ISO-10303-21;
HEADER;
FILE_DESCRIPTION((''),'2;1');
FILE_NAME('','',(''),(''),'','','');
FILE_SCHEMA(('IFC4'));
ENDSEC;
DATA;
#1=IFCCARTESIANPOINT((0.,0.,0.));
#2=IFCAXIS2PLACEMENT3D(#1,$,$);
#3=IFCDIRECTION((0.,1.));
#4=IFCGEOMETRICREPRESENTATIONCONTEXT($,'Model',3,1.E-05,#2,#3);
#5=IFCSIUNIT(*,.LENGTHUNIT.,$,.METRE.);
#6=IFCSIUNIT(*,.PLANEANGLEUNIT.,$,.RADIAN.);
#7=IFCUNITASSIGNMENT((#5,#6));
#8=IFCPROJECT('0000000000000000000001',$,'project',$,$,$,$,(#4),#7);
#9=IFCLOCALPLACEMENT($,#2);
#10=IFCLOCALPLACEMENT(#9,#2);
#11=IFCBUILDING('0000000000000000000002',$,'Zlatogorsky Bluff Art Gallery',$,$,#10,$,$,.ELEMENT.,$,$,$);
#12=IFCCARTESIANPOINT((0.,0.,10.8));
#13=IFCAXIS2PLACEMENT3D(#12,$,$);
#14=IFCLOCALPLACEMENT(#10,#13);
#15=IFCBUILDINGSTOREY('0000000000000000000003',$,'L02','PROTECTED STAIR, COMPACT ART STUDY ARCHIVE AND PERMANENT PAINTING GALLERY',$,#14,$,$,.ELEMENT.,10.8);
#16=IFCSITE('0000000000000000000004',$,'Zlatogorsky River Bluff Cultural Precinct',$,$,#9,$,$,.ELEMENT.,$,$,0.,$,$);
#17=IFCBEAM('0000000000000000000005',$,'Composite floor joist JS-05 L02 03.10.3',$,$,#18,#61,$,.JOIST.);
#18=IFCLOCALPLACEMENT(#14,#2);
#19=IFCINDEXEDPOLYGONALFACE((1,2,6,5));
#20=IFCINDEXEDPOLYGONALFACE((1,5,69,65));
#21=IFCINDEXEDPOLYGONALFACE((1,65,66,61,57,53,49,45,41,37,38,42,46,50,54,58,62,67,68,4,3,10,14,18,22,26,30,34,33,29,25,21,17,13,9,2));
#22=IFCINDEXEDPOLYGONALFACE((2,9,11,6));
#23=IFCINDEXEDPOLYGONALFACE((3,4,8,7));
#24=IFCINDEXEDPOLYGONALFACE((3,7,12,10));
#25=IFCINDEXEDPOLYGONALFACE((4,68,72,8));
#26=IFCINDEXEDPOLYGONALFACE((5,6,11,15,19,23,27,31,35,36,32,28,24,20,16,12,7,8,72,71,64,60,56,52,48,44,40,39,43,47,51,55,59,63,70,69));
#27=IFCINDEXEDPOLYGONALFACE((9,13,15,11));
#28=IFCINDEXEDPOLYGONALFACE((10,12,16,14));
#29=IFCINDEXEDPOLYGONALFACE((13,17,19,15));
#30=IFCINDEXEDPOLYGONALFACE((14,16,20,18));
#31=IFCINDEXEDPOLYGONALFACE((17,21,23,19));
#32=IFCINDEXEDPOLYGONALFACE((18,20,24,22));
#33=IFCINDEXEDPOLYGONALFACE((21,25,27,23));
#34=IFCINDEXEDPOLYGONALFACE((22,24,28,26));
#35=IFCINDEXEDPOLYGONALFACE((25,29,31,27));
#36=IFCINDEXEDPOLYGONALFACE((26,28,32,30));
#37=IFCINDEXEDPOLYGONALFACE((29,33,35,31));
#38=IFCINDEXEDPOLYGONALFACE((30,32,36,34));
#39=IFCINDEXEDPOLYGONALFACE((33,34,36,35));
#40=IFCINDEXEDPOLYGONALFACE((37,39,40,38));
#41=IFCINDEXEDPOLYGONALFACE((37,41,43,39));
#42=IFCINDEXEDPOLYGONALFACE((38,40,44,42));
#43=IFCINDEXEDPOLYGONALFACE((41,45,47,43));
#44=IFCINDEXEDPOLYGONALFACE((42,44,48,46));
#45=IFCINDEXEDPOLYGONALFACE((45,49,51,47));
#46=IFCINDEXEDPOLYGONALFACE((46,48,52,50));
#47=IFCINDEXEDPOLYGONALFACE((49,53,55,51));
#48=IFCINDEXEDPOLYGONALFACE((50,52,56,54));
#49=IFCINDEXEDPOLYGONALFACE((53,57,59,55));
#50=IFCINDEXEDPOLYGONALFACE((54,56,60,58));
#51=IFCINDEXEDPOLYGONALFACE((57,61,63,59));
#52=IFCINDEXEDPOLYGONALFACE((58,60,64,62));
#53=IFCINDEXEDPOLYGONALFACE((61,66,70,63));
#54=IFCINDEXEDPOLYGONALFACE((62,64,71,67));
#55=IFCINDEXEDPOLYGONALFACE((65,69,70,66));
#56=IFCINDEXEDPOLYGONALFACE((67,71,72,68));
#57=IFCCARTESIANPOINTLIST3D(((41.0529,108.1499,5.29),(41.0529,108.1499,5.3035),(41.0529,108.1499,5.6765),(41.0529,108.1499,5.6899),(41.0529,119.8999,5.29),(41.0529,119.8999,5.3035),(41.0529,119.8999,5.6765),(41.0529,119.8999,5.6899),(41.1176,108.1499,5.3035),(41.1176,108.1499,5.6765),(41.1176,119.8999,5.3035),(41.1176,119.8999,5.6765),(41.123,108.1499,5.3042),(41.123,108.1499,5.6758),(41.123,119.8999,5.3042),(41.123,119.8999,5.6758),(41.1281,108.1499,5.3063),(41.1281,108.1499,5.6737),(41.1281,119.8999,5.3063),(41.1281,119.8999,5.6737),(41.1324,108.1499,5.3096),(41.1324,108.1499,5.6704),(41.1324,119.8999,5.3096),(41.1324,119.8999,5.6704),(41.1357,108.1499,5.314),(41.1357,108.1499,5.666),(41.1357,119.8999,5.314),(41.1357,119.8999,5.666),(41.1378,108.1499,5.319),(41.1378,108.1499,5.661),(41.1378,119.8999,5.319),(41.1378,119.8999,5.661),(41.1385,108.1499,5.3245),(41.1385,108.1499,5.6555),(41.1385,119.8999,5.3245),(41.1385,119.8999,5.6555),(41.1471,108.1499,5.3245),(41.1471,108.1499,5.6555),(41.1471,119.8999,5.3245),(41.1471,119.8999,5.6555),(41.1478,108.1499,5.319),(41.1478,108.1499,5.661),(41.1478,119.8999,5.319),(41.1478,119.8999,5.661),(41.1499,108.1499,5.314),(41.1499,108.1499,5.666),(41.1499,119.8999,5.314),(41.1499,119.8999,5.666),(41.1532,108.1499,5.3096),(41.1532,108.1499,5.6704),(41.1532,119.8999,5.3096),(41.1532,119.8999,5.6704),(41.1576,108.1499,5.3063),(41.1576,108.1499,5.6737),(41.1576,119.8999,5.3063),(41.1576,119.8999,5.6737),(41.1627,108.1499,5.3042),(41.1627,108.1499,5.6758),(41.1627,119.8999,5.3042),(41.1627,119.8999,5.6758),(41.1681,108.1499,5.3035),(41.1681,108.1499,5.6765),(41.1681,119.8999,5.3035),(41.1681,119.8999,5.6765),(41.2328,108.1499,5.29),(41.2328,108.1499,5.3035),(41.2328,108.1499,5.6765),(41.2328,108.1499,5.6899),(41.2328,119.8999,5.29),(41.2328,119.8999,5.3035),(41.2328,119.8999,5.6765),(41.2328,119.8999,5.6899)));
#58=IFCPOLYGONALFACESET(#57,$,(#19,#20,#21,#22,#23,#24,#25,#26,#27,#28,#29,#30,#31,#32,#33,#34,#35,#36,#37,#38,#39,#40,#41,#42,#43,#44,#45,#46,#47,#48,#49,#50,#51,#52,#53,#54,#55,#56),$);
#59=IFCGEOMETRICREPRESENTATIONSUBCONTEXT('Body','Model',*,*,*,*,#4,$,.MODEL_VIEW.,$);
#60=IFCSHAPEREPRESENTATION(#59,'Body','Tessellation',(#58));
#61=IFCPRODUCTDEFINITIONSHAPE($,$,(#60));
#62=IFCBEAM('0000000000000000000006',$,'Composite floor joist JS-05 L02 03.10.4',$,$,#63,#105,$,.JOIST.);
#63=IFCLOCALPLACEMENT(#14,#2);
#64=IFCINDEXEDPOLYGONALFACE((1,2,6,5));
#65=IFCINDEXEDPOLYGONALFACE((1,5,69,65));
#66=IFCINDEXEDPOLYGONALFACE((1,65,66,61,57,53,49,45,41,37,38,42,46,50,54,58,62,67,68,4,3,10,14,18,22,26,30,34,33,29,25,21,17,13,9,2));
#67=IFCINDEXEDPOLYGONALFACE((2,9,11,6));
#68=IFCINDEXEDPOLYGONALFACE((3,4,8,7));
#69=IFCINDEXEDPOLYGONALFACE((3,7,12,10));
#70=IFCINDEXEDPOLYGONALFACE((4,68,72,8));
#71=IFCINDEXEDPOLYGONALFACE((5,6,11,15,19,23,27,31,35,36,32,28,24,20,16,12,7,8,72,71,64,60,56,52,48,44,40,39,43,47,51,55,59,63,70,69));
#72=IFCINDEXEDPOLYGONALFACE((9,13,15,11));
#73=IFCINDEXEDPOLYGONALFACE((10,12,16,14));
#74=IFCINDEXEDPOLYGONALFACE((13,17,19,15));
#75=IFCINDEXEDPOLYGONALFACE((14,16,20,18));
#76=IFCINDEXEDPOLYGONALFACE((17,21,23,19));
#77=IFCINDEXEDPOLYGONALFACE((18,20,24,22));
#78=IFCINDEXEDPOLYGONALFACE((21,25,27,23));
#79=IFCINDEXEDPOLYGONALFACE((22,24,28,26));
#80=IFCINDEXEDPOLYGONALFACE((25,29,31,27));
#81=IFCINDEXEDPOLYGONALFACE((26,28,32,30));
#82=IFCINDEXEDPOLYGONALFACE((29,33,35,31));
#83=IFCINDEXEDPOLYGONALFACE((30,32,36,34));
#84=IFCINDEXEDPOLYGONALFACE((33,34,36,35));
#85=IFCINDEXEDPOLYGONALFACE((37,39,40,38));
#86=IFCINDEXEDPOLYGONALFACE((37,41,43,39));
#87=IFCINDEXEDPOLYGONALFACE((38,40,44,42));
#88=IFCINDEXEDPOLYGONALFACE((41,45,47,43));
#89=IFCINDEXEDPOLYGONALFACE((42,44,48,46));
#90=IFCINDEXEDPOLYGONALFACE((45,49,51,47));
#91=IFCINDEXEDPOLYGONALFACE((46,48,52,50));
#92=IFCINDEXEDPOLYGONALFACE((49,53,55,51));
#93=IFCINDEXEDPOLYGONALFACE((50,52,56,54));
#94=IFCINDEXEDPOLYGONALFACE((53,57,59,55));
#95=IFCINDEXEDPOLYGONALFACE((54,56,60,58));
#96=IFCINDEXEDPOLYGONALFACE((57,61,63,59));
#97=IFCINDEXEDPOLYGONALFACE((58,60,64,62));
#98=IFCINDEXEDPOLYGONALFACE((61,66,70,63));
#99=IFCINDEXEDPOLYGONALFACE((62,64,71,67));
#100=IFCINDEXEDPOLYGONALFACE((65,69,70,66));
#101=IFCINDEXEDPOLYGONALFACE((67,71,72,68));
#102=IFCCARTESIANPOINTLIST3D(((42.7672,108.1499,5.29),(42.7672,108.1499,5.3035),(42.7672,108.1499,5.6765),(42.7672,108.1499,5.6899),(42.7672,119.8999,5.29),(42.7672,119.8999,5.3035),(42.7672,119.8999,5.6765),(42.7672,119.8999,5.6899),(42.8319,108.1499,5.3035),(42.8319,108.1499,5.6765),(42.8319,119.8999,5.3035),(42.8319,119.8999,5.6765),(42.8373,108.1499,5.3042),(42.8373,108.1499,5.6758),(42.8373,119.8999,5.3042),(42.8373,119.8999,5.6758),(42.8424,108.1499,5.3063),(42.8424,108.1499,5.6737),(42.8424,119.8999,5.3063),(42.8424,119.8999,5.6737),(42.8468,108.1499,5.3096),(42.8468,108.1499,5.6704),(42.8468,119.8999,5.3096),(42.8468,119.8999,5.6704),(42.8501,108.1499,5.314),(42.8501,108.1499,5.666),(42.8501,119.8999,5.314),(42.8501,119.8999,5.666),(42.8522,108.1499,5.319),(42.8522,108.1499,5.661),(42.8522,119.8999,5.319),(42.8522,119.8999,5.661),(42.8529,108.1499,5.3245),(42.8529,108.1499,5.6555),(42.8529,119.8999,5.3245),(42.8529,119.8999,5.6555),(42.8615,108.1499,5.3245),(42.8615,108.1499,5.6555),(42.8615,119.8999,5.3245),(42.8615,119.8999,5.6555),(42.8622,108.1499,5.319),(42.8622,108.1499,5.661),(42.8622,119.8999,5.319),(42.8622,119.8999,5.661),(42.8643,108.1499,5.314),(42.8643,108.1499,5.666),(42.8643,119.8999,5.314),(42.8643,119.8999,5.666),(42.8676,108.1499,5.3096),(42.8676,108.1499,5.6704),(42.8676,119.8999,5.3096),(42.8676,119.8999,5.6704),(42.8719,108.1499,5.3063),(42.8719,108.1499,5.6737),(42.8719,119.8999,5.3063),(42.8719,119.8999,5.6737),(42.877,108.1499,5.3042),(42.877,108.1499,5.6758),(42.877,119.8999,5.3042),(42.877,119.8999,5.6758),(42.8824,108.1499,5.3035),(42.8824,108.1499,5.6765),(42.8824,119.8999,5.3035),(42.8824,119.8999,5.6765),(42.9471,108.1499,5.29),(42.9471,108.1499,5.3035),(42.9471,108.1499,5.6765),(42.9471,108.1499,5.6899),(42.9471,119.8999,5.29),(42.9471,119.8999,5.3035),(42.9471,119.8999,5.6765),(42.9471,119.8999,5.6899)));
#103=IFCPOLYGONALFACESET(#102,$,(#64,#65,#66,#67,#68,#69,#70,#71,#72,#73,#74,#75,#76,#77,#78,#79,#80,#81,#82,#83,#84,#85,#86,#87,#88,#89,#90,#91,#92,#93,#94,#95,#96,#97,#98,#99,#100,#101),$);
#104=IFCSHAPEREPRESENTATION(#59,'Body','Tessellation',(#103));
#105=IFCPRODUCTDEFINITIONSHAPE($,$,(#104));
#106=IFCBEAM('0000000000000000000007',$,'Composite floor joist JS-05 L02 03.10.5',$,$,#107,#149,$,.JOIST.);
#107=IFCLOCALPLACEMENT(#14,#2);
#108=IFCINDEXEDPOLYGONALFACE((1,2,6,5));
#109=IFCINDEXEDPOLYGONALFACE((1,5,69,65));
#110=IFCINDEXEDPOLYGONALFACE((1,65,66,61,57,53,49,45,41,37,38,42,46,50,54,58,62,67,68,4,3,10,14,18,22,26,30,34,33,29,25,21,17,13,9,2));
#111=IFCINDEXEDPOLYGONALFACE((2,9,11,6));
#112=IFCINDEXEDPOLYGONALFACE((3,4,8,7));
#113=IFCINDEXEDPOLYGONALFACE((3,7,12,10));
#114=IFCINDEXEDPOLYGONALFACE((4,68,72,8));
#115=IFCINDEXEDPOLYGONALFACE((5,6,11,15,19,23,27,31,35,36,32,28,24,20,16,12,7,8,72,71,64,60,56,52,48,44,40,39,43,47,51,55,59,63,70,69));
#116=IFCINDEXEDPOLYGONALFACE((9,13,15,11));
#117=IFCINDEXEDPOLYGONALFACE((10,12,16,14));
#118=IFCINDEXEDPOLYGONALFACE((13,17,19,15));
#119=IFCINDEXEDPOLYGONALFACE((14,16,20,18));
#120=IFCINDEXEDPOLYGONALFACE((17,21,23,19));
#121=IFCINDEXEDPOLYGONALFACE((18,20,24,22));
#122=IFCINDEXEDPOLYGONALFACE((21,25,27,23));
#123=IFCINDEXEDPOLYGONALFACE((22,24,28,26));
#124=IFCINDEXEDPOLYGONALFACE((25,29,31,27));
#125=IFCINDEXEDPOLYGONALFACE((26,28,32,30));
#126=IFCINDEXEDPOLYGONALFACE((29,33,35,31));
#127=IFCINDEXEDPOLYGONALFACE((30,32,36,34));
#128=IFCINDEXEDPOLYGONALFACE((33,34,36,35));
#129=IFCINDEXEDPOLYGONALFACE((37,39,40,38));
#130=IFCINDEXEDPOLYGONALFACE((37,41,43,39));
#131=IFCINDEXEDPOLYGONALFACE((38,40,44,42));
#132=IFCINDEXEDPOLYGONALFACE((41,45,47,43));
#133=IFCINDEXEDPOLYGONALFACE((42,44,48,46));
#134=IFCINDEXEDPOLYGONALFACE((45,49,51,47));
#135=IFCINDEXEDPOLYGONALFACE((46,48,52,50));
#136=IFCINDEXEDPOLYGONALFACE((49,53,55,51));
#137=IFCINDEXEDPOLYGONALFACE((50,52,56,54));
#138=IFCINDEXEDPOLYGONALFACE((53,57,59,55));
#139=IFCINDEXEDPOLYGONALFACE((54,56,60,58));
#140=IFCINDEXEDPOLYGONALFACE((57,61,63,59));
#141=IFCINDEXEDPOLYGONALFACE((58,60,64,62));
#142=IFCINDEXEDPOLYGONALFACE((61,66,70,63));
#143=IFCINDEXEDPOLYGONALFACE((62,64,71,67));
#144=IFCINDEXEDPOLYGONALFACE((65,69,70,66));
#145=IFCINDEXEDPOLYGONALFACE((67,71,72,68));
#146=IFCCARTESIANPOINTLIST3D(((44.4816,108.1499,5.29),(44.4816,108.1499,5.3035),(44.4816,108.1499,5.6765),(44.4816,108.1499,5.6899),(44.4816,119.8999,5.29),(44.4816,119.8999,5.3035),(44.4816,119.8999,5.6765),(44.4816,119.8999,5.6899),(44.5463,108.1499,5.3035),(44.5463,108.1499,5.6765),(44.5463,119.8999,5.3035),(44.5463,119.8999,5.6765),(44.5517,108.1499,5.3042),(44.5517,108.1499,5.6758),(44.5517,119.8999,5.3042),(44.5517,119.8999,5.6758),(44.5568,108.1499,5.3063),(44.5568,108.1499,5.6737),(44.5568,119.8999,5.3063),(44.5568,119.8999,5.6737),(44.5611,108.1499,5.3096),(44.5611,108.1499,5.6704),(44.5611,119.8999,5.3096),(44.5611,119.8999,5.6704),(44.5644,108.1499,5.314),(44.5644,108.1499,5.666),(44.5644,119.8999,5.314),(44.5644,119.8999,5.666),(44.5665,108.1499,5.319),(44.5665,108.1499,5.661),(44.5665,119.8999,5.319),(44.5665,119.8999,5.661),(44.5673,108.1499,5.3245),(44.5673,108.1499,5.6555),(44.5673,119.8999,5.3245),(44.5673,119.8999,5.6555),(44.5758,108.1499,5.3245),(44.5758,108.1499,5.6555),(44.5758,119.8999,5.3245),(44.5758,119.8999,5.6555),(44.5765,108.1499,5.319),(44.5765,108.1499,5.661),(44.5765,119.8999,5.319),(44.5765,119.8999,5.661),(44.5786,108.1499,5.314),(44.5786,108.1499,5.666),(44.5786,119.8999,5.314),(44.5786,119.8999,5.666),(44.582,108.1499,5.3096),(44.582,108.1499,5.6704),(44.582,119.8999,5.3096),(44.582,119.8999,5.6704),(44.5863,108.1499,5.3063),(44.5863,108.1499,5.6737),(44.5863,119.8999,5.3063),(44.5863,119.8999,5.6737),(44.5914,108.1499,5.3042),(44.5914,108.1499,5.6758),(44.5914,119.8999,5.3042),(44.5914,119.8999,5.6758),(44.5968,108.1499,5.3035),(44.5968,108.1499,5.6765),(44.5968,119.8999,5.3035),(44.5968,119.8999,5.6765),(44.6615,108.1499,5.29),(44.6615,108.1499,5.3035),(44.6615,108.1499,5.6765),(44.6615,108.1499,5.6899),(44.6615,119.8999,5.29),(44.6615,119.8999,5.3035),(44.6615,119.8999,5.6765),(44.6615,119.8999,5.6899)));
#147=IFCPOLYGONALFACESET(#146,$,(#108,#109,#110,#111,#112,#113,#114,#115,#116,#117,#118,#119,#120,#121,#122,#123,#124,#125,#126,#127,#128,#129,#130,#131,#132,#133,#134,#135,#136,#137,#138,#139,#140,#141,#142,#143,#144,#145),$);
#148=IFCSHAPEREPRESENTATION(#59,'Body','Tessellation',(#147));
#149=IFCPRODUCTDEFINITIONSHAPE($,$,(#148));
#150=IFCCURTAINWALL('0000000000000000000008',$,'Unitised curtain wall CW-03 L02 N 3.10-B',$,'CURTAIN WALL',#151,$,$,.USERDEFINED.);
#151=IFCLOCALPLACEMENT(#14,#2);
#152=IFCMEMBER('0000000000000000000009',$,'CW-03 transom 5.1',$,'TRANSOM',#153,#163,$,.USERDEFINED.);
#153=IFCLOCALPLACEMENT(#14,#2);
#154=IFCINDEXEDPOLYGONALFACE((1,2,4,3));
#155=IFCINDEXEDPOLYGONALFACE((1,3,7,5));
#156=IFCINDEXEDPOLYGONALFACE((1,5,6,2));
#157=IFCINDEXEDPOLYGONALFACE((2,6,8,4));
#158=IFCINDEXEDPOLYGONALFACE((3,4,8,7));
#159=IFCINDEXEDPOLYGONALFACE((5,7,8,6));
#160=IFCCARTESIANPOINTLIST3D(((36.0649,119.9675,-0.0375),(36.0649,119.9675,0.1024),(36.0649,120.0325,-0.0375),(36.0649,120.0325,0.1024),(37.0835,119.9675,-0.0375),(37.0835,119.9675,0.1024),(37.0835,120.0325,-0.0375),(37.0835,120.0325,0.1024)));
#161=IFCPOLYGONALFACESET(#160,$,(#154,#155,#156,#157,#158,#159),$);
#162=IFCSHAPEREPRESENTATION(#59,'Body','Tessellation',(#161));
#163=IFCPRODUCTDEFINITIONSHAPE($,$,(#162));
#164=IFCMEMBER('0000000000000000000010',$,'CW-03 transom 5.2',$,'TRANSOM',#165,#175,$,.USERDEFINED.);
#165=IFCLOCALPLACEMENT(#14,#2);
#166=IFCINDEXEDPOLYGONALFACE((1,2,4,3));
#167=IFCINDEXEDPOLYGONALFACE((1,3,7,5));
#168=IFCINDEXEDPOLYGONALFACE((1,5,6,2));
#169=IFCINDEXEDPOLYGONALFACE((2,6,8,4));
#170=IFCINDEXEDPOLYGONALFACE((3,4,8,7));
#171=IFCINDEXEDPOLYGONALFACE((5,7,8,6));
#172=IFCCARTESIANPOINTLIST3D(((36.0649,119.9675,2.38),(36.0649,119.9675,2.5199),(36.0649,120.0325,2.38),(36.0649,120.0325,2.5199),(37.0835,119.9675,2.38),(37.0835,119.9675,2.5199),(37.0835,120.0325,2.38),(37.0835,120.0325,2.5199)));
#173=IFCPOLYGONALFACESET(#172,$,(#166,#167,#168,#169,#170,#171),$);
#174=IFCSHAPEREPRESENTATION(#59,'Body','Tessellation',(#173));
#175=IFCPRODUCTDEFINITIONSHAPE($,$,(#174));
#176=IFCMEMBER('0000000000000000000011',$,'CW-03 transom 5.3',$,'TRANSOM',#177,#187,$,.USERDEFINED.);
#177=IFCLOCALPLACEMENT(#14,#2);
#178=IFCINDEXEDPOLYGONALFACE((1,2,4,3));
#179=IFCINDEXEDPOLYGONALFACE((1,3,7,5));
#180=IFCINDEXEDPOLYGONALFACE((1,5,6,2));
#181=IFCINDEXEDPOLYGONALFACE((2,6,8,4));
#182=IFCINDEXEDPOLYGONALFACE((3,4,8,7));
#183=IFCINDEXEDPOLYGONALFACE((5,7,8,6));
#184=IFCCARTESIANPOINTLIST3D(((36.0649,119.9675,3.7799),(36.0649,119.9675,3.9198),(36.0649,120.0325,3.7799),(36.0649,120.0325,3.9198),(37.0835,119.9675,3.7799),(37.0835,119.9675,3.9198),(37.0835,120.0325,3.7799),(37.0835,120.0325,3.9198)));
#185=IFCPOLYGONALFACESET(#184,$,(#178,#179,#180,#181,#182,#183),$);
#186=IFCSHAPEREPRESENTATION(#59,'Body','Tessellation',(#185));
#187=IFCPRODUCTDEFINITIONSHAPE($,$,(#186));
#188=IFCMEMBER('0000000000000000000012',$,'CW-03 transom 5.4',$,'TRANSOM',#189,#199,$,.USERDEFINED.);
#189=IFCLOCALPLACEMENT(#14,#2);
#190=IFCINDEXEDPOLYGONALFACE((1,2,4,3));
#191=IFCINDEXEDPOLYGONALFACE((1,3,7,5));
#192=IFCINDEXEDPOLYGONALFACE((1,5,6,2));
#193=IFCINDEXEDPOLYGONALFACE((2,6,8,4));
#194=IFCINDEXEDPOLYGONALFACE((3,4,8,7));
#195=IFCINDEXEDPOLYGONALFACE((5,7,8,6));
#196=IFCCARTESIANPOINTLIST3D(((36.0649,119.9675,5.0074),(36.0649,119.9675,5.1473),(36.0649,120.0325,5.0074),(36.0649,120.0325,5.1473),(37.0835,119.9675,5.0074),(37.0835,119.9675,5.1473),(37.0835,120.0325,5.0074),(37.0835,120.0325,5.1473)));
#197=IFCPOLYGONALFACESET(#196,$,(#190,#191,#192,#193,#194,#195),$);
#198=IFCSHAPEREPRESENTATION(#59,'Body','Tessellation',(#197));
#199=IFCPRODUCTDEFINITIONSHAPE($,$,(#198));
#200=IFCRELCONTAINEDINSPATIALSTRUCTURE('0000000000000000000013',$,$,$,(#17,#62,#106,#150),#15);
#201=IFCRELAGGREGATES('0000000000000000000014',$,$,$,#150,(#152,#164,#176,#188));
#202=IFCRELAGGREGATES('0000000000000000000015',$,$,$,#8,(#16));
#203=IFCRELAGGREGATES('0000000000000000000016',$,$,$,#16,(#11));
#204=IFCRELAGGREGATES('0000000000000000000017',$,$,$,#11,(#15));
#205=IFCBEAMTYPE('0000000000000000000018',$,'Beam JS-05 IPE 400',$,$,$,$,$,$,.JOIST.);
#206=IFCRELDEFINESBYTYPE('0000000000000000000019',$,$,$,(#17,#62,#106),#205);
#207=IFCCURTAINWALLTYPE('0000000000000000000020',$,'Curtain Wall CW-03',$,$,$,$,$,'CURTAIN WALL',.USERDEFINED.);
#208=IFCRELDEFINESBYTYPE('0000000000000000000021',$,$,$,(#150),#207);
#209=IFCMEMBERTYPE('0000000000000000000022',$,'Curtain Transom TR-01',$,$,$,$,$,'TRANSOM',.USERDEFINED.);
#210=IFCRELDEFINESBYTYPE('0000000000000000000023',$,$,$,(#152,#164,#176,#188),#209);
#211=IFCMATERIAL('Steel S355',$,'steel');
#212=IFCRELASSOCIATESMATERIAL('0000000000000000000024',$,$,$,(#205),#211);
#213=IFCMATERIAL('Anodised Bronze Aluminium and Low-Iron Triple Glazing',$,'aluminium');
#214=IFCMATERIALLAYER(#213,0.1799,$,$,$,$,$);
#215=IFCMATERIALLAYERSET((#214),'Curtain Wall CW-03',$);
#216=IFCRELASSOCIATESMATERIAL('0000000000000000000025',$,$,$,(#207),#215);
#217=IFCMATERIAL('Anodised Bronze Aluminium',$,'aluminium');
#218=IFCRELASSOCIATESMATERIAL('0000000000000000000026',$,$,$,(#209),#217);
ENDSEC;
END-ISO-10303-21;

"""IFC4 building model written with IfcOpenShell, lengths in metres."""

from ifc_helpers import new_model, si_unit, direction, frame, origin, origin_2d, place, context, subcontext, project, spatial, rectangle, i_section, extrude, material, layer, layer_set, material_profile, profile_set, type_object, element, aggregate, save


model = new_model("IFC4")

# Units and contexts
model_context = context("Model", 3, precision=1e-05, world=origin(), true_north=direction((0.0, 1.0)))
body_context = subcontext(model_context, "Body", "Model", "MODEL_VIEW")
ifc_project = project(units=[si_unit("LENGTHUNIT", "METRE"), si_unit("PLANEANGLEUNIT", "RADIAN")], contexts=[model_context])

# Site, building, storey
site_placement = place(None, origin())
site = spatial("IfcSite", under=ifc_project, at=site_placement, Name="Zlatogorsky River Bluff Cultural Precinct", CompositionType="ELEMENT", RefElevation=0.0)
building_placement = place(site_placement, origin())
building = spatial("IfcBuilding", under=site, at=building_placement, Name="Zlatogorsky Bluff Art Gallery", CompositionType="ELEMENT")
storey_placement = place(building_placement, frame((0.0, 0.0, 10.8)))
storey = spatial("IfcBuildingStorey", under=building, at=storey_placement, Name="L02", Description="PROTECTED STAIR, COMPACT ART STUDY ARCHIVE AND PERMANENT PAINTING GALLERY", CompositionType="ELEMENT", Elevation=10.8)

# Beams
ifc_material_1 = material(Name="Steel S355", Category="steel")
ifc_material_profile_1 = material_profile(ifc_material_1, i_section(OverallWidth=0.1799, OverallDepth=0.3999, WebThickness=0.0085, FlangeThickness=0.0134, FilletRadius=0.021, at=origin_2d()), Name="IPE 400")
ifc_profile_set_1 = profile_set([ifc_material_profile_1], Name="Steel S355")
beam_type = type_object("IfcBeamType", Name="Beam JS-05 IPE 400", PredefinedType="JOIST", material=ifc_profile_set_1)
for number, where, z_axis, x_axis, name in (
    (1, (41.1428, 108.1499, 5.49), (0.0, 1.0, 0.0), (-1.0, 0.0, 0.0), "Composite floor joist JS-05 L02 03.10.3"),
    (2, (42.8572, 108.1499, 5.49), (0.0, 1.0, 0.0), (-1.0, 0.0, 0.0), "Composite floor joist JS-05 L02 03.10.4"),
    (3, (44.5715, 108.1499, 5.49), (0.0, 1.0, 0.0), (-1.0, 0.0, 0.0), "Composite floor joist JS-05 L02 03.10.5"),
):
    element("IfcBeam", number, at=place(storey_placement, frame(where, z_axis=z_axis, x_axis=x_axis)), inside=storey, type_object=beam_type, Name=name, PredefinedType="JOIST", context=body_context, shape_type="SweptSolid", body=[
        extrude(i_section(OverallWidth=0.1799, OverallDepth=0.3999, WebThickness=0.0085, FlangeThickness=0.0134, FilletRadius=0.021, at=origin_2d()), origin(), (0.0, 0.0, 1.0), 11.75),
    ])

# Curtain wall, members
ifc_material_2 = material(Name="Anodised Bronze Aluminium and Low-Iron Triple Glazing", Category="aluminium")
ifc_layer_1 = layer(ifc_material_2, 0.1799)
ifc_layer_set_1 = layer_set([ifc_layer_1], Name="Curtain Wall CW-03")
curtain_wall_type = type_object("IfcCurtainWallType", Name="Curtain Wall CW-03", ElementType="CURTAIN WALL", PredefinedType="USERDEFINED", material=ifc_layer_set_1)
curtain_wall_placement = place(storey_placement, origin())
curtain_wall = element("IfcCurtainWall", 4, at=curtain_wall_placement, inside=storey, type_object=curtain_wall_type, Name="Unitised curtain wall CW-03 L02 N 3.10-B", ObjectType="CURTAIN WALL", PredefinedType="USERDEFINED")
ifc_material_3 = material(Name="Anodised Bronze Aluminium", Category="aluminium")
ifc_material_profile_2 = material_profile(ifc_material_3, rectangle(XDim=0.0649, YDim=0.1399, at=origin_2d()), Name="ALU TRANSOM 65x140")
ifc_profile_set_2 = profile_set([ifc_material_profile_2], Name="Anodised Bronze Aluminium")
member_type = type_object("IfcMemberType", Name="Curtain Transom TR-01", ElementType="TRANSOM", PredefinedType="USERDEFINED", material=ifc_profile_set_2)
member_1_placement = place(storey_placement, frame((37.0835, 120.0, 0.0325), z_axis=(-1.0, 0.0, 0.0), x_axis=(0.0, -1.0, 0.0)))
member_1 = element("IfcMember", 5, at=member_1_placement, type_object=member_type, Name="CW-03 transom 5.1", ObjectType="TRANSOM", PredefinedType="USERDEFINED", context=body_context, shape_type="SweptSolid", body=[
    extrude(rectangle(XDim=0.0649, YDim=0.1399, at=origin_2d()), origin(), (0.0, 0.0, 1.0), 1.0186),
])
member_2_placement = place(storey_placement, frame((37.0835, 120.0, 2.45), z_axis=(-1.0, 0.0, 0.0), x_axis=(0.0, -1.0, 0.0)))
member_2 = element("IfcMember", 6, at=member_2_placement, type_object=member_type, Name="CW-03 transom 5.2", ObjectType="TRANSOM", PredefinedType="USERDEFINED", context=body_context, shape_type="SweptSolid", body=[
    extrude(rectangle(XDim=0.0649, YDim=0.1399, at=origin_2d()), origin(), (0.0, 0.0, 1.0), 1.0186),
])
member_3_placement = place(storey_placement, frame((37.0835, 120.0, 3.8499), z_axis=(-1.0, 0.0, 0.0), x_axis=(0.0, -1.0, 0.0)))
member_3 = element("IfcMember", 7, at=member_3_placement, type_object=member_type, Name="CW-03 transom 5.3", ObjectType="TRANSOM", PredefinedType="USERDEFINED", context=body_context, shape_type="SweptSolid", body=[
    extrude(rectangle(XDim=0.0649, YDim=0.1399, at=origin_2d()), origin(), (0.0, 0.0, 1.0), 1.0186),
])
member_4_placement = place(storey_placement, frame((37.0835, 120.0, 5.0774), z_axis=(-1.0, 0.0, 0.0), x_axis=(0.0, -1.0, 0.0)))
member_4 = element("IfcMember", 8, at=member_4_placement, type_object=member_type, Name="CW-03 transom 5.4", ObjectType="TRANSOM", PredefinedType="USERDEFINED", context=body_context, shape_type="SweptSolid", body=[
    extrude(rectangle(XDim=0.0649, YDim=0.1399, at=origin_2d()), origin(), (0.0, 0.0, 1.0), 1.0186),
])
aggregate(curtain_wall, [member_1, member_2, member_3, member_4])

save(model, "model.ifc")
